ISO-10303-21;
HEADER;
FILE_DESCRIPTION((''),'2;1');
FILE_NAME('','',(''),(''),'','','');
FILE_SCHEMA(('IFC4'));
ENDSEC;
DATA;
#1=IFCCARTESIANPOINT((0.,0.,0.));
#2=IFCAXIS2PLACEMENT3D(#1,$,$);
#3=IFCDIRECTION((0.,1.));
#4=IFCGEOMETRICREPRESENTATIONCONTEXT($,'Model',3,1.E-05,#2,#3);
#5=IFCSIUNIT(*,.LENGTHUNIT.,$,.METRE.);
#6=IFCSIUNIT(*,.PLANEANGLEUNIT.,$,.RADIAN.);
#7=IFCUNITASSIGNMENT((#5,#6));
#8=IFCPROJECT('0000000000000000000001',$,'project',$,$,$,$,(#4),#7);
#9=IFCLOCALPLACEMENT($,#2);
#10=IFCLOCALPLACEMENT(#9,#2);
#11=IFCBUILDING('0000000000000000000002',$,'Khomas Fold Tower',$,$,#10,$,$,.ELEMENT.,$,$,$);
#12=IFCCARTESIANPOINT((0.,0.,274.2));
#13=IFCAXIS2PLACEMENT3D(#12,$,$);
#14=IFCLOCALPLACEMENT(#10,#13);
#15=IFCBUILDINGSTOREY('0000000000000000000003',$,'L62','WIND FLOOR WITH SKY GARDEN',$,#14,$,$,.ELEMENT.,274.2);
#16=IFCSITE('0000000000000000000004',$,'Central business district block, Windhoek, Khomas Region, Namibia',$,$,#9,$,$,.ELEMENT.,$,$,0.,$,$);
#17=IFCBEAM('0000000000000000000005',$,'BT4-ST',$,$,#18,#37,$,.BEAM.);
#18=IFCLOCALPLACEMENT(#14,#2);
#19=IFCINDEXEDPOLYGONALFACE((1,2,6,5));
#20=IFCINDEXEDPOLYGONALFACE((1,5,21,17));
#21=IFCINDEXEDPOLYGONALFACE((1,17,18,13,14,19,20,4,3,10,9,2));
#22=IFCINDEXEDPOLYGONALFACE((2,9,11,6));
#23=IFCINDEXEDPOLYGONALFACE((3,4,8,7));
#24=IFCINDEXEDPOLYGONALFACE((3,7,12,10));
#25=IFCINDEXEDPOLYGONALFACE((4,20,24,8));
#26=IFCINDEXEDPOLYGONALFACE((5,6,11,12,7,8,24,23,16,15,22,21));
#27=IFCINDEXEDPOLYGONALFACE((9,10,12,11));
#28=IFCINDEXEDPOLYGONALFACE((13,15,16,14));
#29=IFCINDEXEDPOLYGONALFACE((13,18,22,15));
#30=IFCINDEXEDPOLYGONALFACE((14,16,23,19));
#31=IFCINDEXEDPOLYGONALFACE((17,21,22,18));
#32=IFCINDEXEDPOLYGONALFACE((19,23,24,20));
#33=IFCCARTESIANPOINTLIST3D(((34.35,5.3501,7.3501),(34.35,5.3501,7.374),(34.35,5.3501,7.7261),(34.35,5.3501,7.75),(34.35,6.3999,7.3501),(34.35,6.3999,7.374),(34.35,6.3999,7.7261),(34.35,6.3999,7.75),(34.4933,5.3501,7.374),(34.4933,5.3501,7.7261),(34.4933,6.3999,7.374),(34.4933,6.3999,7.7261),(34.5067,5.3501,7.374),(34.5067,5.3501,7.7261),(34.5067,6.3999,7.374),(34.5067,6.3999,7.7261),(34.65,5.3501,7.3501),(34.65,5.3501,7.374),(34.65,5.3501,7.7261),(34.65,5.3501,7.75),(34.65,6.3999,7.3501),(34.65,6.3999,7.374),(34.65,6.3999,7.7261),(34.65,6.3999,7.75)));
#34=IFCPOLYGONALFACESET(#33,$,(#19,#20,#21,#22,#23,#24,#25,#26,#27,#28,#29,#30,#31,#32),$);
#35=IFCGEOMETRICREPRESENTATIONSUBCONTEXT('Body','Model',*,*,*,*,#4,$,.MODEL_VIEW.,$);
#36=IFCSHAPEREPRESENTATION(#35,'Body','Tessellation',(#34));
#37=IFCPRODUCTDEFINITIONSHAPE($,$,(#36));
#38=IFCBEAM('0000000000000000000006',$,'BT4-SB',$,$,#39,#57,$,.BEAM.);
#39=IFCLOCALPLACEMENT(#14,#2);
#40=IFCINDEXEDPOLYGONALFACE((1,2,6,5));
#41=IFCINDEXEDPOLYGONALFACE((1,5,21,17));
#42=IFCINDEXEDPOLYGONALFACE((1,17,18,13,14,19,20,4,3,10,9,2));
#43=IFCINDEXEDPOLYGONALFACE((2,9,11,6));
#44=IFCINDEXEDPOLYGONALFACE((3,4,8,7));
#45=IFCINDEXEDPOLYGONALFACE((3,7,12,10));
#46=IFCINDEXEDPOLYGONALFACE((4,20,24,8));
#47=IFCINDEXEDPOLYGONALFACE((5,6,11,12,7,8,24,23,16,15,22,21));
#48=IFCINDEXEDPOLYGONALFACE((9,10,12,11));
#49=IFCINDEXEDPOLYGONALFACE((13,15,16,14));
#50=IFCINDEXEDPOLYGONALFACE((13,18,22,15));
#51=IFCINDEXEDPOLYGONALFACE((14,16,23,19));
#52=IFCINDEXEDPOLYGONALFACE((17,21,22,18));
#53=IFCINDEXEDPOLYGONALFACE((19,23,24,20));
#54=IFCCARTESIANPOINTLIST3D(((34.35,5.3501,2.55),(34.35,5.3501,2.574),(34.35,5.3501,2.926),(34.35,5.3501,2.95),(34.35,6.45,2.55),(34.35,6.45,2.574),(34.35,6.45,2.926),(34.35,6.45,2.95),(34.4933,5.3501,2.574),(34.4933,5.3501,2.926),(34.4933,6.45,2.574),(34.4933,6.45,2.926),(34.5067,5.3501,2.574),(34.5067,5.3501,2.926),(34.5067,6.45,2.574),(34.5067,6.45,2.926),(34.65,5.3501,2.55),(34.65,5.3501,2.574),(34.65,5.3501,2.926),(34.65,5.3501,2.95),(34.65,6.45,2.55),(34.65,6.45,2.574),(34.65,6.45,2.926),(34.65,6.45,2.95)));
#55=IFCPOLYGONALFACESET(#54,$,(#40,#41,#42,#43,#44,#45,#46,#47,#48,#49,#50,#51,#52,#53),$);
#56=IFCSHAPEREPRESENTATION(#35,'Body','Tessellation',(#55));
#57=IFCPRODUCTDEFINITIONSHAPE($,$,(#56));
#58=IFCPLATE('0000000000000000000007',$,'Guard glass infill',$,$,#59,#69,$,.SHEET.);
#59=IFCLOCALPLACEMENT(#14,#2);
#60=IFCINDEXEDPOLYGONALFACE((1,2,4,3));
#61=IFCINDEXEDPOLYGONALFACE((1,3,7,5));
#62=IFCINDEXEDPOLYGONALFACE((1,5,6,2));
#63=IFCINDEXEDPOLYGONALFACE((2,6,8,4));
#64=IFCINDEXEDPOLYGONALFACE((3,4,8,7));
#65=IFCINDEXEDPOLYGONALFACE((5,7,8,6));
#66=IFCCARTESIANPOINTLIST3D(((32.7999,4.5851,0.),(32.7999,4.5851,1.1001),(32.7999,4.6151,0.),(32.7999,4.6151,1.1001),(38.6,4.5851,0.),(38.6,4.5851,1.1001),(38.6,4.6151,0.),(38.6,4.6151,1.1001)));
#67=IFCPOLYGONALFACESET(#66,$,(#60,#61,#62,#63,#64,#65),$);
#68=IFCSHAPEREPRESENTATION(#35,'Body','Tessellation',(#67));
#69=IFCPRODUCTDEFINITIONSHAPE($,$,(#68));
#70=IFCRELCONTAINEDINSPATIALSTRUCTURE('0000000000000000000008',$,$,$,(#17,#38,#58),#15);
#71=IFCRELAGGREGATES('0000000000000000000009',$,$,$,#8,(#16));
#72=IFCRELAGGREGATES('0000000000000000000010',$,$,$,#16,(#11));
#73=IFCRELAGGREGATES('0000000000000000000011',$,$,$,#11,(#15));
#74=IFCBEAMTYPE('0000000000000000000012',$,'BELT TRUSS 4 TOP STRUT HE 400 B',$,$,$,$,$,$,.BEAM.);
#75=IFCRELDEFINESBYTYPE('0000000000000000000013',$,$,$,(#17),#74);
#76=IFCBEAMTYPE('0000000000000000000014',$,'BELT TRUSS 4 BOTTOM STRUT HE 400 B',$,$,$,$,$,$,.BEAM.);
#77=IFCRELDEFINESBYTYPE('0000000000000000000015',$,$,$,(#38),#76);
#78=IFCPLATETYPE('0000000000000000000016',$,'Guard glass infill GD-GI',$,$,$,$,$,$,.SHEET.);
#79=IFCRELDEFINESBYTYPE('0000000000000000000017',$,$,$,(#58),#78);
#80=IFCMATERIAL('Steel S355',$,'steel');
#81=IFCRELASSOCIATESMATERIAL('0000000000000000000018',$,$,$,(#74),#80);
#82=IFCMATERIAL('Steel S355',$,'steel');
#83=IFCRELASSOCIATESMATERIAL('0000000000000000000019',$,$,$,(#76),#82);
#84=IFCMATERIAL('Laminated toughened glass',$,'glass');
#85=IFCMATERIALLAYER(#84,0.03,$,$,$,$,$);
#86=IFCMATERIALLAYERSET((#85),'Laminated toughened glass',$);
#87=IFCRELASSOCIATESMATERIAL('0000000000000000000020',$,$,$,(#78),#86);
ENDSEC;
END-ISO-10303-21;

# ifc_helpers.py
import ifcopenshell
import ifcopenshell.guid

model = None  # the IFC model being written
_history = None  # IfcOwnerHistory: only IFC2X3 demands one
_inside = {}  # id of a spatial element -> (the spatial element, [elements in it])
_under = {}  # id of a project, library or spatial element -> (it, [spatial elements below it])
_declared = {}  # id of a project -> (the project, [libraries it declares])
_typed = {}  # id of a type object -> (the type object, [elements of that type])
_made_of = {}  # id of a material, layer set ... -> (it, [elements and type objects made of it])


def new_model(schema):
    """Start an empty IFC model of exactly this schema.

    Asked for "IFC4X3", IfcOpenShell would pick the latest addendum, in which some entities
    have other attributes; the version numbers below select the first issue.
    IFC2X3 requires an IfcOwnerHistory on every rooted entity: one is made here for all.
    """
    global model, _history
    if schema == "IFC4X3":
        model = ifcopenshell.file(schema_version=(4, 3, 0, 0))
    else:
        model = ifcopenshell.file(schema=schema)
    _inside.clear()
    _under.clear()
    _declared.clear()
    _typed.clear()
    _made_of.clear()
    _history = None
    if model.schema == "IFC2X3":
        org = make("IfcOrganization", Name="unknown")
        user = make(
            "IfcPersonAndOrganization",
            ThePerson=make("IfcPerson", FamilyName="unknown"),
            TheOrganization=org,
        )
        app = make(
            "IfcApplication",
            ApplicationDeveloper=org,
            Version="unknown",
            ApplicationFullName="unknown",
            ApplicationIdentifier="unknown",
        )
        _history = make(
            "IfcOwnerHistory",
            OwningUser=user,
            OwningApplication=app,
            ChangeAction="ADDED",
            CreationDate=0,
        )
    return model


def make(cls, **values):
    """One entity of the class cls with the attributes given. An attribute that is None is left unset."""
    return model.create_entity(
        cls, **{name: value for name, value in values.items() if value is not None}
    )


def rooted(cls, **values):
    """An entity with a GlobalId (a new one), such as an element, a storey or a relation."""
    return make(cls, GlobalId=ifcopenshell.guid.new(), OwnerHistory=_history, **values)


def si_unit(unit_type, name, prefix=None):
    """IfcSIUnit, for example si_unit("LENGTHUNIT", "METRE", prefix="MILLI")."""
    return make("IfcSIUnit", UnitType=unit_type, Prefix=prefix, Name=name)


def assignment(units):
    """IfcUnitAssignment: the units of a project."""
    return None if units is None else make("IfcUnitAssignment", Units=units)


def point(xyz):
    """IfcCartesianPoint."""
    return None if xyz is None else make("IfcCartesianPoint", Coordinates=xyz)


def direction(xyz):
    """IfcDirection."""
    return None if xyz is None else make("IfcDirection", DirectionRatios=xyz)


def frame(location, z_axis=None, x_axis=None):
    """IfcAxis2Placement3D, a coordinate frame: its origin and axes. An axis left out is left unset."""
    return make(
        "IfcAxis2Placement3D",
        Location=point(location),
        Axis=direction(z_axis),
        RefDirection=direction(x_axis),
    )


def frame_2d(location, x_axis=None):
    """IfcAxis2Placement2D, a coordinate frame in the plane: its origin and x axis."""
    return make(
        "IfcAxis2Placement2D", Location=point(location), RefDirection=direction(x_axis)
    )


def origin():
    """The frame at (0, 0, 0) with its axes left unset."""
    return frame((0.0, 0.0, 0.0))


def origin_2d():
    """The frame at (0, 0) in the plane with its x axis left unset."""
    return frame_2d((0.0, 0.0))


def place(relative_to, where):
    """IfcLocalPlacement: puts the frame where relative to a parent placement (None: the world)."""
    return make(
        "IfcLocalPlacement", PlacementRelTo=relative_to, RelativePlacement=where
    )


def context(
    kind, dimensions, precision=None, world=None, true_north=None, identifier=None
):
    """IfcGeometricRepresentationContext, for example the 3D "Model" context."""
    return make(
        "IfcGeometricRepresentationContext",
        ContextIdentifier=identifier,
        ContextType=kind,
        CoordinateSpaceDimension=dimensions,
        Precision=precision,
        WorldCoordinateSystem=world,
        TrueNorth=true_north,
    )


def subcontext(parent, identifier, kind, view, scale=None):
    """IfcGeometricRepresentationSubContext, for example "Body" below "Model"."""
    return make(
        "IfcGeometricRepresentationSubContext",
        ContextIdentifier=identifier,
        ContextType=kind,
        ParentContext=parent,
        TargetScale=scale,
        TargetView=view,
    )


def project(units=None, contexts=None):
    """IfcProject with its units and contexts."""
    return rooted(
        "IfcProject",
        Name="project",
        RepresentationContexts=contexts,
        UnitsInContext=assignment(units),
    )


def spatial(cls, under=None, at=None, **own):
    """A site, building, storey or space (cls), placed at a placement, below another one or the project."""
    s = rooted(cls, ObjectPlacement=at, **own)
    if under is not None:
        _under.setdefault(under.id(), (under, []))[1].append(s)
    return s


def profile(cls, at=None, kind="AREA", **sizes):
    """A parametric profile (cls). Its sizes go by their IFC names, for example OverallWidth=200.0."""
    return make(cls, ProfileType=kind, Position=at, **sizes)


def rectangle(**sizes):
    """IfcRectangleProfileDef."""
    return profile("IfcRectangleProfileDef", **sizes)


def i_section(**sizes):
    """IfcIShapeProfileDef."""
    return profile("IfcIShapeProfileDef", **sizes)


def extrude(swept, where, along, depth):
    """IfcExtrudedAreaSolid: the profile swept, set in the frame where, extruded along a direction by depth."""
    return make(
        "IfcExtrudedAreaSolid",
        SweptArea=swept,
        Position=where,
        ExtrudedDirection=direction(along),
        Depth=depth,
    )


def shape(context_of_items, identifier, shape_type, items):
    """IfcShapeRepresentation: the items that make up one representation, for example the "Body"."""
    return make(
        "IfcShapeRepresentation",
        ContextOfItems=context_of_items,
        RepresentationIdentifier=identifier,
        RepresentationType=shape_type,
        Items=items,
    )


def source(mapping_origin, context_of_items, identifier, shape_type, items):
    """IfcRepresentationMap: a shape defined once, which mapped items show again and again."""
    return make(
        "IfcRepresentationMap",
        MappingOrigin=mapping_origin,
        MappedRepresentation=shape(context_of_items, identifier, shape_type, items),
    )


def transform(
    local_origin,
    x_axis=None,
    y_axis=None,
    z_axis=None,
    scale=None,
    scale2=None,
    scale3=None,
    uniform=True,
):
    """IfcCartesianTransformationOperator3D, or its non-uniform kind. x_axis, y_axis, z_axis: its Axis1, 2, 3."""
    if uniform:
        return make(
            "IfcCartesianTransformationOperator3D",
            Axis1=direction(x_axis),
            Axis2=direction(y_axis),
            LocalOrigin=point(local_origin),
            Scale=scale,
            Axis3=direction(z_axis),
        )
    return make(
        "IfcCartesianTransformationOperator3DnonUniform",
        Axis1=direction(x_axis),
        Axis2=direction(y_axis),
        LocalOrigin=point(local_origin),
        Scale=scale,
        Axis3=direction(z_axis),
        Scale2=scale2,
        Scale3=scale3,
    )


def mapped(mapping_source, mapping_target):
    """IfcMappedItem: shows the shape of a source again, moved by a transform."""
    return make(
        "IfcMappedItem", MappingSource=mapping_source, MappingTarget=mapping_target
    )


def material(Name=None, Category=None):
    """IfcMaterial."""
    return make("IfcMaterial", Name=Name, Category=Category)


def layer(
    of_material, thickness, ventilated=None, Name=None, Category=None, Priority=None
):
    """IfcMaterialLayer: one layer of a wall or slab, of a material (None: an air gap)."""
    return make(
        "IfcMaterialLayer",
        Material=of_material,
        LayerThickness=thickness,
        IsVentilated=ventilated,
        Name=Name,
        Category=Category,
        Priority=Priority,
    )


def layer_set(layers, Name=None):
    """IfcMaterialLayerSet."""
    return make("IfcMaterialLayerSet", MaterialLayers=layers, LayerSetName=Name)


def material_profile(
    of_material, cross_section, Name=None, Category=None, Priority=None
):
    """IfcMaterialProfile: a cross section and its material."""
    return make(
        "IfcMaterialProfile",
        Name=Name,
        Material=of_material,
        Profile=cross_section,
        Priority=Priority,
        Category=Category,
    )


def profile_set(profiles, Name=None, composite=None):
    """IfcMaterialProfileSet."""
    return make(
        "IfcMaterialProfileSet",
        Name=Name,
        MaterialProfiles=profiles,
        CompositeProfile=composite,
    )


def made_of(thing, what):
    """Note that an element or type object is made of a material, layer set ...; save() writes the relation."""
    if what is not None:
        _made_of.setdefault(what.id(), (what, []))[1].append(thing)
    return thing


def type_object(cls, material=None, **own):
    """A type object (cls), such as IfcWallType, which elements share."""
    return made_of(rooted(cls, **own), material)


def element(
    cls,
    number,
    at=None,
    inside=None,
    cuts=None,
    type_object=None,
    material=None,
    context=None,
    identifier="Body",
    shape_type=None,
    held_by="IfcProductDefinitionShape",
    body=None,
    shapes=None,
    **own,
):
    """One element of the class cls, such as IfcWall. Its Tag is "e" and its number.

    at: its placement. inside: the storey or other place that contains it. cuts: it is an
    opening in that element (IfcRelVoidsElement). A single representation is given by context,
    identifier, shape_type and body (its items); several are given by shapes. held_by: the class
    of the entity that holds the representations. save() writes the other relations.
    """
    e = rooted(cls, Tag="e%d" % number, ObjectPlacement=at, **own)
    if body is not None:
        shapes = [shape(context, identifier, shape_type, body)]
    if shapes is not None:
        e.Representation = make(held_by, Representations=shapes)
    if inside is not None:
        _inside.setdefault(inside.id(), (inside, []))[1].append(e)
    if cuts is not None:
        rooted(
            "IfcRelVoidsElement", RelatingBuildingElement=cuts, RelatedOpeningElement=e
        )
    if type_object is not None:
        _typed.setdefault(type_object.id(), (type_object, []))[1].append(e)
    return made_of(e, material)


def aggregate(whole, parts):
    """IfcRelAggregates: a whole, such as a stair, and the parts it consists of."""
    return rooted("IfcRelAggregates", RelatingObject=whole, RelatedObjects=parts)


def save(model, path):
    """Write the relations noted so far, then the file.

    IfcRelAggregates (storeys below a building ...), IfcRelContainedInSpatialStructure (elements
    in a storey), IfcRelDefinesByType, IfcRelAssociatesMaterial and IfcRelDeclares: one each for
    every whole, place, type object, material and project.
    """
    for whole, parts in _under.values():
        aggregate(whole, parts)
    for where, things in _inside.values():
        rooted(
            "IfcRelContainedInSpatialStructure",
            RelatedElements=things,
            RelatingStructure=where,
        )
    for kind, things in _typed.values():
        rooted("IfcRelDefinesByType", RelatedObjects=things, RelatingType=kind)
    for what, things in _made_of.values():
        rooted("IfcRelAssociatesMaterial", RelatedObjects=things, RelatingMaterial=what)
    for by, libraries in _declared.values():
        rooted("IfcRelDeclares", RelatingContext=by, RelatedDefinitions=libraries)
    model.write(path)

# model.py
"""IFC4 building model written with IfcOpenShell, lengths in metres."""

from ifc_helpers import new_model, si_unit, direction, frame, origin, origin_2d, place, context, subcontext, project, spatial, rectangle, i_section, extrude, source, transform, mapped, material, layer, layer_set, material_profile, profile_set, type_object, element, save


model = new_model("IFC4")

# Units and contexts
model_context = context("Model", 3, precision=1e-05, world=origin(), true_north=direction((0.0, 1.0)))
body_context = subcontext(model_context, "Body", "Model", "MODEL_VIEW")
ifc_project = project(units=[si_unit("LENGTHUNIT", "METRE"), si_unit("PLANEANGLEUNIT", "RADIAN")], contexts=[model_context])

# Site, building, storey
site_placement = place(None, origin())
site = spatial("IfcSite", under=ifc_project, at=site_placement, Name="Central business district block, Windhoek, Khomas Region, Namibia", CompositionType="ELEMENT", RefElevation=0.0)
building_placement = place(site_placement, origin())
building = spatial("IfcBuilding", under=site, at=building_placement, Name="Khomas Fold Tower", CompositionType="ELEMENT")
storey_placement = place(building_placement, frame((0.0, 0.0, 274.2)))
storey = spatial("IfcBuildingStorey", under=building, at=storey_placement, Name="L62", Description="WIND FLOOR WITH SKY GARDEN", CompositionType="ELEMENT", Elevation=274.2)

# Beams
ifc_material_1 = material(Name="Steel S355", Category="steel")
ifc_material_profile_1 = material_profile(ifc_material_1, i_section(OverallWidth=0.3, OverallDepth=0.3999, WebThickness=0.0134, FlangeThickness=0.0239, at=origin_2d()), Name="HE 400 B")
ifc_profile_set_1 = profile_set([ifc_material_profile_1], Name="Steel S355")
beam_type_1 = type_object("IfcBeamType", Name="BELT TRUSS 4 TOP STRUT HE 400 B", PredefinedType="BEAM", material=ifc_profile_set_1)
shared_shape_1 = source(origin(), body_context, "Body", "SweptSolid", [
    extrude(i_section(OverallWidth=0.3, OverallDepth=0.3999, WebThickness=0.0134, FlangeThickness=0.0239, at=origin_2d()), origin(), (0.0, 0.0, 1.0), 1.0498),
])
beam_1_placement = place(storey_placement, frame((34.5, 6.3999, 7.55), z_axis=(0.0, -1.0, 0.0), x_axis=(1.0, 0.0, 0.0)))
element("IfcBeam", 1, at=beam_1_placement, inside=storey, type_object=beam_type_1, Name="BT4-ST", PredefinedType="BEAM", context=body_context, shape_type="MappedRepresentation", body=[
    mapped(shared_shape_1, transform((0.0, 0.0, 0.0))),
])
ifc_material_2 = material(Name="Steel S355", Category="steel")
ifc_material_profile_2 = material_profile(ifc_material_2, i_section(OverallWidth=0.3, OverallDepth=0.3999, WebThickness=0.0134, FlangeThickness=0.0239, at=origin_2d()), Name="HE 400 B")
ifc_profile_set_2 = profile_set([ifc_material_profile_2], Name="Steel S355")
beam_type_2 = type_object("IfcBeamType", Name="BELT TRUSS 4 BOTTOM STRUT HE 400 B", PredefinedType="BEAM", material=ifc_profile_set_2)
shared_shape_2 = source(origin(), body_context, "Body", "SweptSolid", [
    extrude(i_section(OverallWidth=0.3, OverallDepth=0.3999, WebThickness=0.0134, FlangeThickness=0.0239, at=origin_2d()), origin(), (0.0, 0.0, 1.0), 1.0999),
])
beam_2_placement = place(storey_placement, frame((34.5, 6.45, 2.75), z_axis=(0.0, -1.0, 0.0), x_axis=(1.0, 0.0, 0.0)))
element("IfcBeam", 2, at=beam_2_placement, inside=storey, type_object=beam_type_2, Name="BT4-SB", PredefinedType="BEAM", context=body_context, shape_type="MappedRepresentation", body=[
    mapped(shared_shape_2, transform((0.0, 0.0, 0.0))),
])

# Plate
ifc_material_3 = material(Name="Laminated toughened glass", Category="glass")
ifc_layer_1 = layer(ifc_material_3, 0.03)
ifc_layer_set_1 = layer_set([ifc_layer_1], Name="Laminated toughened glass")
plate_type = type_object("IfcPlateType", Name="Guard glass infill GD-GI", PredefinedType="SHEET", material=ifc_layer_set_1)
shared_shape_3 = source(origin(), body_context, "Body", "SweptSolid", [
    extrude(rectangle(XDim=5.8, YDim=0.03, at=origin_2d()), origin(), (0.0, 0.0, 1.0), 1.1001),
])
plate_placement = place(storey_placement, frame((35.7, 4.6001, 0.0), z_axis=(0.0, 0.0, 1.0), x_axis=(-1.0, 0.0, 0.0)))
element("IfcPlate", 3, at=plate_placement, inside=storey, type_object=plate_type, Name="Guard glass infill", PredefinedType="SHEET", context=body_context, shape_type="MappedRepresentation", body=[
    mapped(shared_shape_3, transform((0.0, 0.0, 0.0))),
])

save(model, "model.ifc")
